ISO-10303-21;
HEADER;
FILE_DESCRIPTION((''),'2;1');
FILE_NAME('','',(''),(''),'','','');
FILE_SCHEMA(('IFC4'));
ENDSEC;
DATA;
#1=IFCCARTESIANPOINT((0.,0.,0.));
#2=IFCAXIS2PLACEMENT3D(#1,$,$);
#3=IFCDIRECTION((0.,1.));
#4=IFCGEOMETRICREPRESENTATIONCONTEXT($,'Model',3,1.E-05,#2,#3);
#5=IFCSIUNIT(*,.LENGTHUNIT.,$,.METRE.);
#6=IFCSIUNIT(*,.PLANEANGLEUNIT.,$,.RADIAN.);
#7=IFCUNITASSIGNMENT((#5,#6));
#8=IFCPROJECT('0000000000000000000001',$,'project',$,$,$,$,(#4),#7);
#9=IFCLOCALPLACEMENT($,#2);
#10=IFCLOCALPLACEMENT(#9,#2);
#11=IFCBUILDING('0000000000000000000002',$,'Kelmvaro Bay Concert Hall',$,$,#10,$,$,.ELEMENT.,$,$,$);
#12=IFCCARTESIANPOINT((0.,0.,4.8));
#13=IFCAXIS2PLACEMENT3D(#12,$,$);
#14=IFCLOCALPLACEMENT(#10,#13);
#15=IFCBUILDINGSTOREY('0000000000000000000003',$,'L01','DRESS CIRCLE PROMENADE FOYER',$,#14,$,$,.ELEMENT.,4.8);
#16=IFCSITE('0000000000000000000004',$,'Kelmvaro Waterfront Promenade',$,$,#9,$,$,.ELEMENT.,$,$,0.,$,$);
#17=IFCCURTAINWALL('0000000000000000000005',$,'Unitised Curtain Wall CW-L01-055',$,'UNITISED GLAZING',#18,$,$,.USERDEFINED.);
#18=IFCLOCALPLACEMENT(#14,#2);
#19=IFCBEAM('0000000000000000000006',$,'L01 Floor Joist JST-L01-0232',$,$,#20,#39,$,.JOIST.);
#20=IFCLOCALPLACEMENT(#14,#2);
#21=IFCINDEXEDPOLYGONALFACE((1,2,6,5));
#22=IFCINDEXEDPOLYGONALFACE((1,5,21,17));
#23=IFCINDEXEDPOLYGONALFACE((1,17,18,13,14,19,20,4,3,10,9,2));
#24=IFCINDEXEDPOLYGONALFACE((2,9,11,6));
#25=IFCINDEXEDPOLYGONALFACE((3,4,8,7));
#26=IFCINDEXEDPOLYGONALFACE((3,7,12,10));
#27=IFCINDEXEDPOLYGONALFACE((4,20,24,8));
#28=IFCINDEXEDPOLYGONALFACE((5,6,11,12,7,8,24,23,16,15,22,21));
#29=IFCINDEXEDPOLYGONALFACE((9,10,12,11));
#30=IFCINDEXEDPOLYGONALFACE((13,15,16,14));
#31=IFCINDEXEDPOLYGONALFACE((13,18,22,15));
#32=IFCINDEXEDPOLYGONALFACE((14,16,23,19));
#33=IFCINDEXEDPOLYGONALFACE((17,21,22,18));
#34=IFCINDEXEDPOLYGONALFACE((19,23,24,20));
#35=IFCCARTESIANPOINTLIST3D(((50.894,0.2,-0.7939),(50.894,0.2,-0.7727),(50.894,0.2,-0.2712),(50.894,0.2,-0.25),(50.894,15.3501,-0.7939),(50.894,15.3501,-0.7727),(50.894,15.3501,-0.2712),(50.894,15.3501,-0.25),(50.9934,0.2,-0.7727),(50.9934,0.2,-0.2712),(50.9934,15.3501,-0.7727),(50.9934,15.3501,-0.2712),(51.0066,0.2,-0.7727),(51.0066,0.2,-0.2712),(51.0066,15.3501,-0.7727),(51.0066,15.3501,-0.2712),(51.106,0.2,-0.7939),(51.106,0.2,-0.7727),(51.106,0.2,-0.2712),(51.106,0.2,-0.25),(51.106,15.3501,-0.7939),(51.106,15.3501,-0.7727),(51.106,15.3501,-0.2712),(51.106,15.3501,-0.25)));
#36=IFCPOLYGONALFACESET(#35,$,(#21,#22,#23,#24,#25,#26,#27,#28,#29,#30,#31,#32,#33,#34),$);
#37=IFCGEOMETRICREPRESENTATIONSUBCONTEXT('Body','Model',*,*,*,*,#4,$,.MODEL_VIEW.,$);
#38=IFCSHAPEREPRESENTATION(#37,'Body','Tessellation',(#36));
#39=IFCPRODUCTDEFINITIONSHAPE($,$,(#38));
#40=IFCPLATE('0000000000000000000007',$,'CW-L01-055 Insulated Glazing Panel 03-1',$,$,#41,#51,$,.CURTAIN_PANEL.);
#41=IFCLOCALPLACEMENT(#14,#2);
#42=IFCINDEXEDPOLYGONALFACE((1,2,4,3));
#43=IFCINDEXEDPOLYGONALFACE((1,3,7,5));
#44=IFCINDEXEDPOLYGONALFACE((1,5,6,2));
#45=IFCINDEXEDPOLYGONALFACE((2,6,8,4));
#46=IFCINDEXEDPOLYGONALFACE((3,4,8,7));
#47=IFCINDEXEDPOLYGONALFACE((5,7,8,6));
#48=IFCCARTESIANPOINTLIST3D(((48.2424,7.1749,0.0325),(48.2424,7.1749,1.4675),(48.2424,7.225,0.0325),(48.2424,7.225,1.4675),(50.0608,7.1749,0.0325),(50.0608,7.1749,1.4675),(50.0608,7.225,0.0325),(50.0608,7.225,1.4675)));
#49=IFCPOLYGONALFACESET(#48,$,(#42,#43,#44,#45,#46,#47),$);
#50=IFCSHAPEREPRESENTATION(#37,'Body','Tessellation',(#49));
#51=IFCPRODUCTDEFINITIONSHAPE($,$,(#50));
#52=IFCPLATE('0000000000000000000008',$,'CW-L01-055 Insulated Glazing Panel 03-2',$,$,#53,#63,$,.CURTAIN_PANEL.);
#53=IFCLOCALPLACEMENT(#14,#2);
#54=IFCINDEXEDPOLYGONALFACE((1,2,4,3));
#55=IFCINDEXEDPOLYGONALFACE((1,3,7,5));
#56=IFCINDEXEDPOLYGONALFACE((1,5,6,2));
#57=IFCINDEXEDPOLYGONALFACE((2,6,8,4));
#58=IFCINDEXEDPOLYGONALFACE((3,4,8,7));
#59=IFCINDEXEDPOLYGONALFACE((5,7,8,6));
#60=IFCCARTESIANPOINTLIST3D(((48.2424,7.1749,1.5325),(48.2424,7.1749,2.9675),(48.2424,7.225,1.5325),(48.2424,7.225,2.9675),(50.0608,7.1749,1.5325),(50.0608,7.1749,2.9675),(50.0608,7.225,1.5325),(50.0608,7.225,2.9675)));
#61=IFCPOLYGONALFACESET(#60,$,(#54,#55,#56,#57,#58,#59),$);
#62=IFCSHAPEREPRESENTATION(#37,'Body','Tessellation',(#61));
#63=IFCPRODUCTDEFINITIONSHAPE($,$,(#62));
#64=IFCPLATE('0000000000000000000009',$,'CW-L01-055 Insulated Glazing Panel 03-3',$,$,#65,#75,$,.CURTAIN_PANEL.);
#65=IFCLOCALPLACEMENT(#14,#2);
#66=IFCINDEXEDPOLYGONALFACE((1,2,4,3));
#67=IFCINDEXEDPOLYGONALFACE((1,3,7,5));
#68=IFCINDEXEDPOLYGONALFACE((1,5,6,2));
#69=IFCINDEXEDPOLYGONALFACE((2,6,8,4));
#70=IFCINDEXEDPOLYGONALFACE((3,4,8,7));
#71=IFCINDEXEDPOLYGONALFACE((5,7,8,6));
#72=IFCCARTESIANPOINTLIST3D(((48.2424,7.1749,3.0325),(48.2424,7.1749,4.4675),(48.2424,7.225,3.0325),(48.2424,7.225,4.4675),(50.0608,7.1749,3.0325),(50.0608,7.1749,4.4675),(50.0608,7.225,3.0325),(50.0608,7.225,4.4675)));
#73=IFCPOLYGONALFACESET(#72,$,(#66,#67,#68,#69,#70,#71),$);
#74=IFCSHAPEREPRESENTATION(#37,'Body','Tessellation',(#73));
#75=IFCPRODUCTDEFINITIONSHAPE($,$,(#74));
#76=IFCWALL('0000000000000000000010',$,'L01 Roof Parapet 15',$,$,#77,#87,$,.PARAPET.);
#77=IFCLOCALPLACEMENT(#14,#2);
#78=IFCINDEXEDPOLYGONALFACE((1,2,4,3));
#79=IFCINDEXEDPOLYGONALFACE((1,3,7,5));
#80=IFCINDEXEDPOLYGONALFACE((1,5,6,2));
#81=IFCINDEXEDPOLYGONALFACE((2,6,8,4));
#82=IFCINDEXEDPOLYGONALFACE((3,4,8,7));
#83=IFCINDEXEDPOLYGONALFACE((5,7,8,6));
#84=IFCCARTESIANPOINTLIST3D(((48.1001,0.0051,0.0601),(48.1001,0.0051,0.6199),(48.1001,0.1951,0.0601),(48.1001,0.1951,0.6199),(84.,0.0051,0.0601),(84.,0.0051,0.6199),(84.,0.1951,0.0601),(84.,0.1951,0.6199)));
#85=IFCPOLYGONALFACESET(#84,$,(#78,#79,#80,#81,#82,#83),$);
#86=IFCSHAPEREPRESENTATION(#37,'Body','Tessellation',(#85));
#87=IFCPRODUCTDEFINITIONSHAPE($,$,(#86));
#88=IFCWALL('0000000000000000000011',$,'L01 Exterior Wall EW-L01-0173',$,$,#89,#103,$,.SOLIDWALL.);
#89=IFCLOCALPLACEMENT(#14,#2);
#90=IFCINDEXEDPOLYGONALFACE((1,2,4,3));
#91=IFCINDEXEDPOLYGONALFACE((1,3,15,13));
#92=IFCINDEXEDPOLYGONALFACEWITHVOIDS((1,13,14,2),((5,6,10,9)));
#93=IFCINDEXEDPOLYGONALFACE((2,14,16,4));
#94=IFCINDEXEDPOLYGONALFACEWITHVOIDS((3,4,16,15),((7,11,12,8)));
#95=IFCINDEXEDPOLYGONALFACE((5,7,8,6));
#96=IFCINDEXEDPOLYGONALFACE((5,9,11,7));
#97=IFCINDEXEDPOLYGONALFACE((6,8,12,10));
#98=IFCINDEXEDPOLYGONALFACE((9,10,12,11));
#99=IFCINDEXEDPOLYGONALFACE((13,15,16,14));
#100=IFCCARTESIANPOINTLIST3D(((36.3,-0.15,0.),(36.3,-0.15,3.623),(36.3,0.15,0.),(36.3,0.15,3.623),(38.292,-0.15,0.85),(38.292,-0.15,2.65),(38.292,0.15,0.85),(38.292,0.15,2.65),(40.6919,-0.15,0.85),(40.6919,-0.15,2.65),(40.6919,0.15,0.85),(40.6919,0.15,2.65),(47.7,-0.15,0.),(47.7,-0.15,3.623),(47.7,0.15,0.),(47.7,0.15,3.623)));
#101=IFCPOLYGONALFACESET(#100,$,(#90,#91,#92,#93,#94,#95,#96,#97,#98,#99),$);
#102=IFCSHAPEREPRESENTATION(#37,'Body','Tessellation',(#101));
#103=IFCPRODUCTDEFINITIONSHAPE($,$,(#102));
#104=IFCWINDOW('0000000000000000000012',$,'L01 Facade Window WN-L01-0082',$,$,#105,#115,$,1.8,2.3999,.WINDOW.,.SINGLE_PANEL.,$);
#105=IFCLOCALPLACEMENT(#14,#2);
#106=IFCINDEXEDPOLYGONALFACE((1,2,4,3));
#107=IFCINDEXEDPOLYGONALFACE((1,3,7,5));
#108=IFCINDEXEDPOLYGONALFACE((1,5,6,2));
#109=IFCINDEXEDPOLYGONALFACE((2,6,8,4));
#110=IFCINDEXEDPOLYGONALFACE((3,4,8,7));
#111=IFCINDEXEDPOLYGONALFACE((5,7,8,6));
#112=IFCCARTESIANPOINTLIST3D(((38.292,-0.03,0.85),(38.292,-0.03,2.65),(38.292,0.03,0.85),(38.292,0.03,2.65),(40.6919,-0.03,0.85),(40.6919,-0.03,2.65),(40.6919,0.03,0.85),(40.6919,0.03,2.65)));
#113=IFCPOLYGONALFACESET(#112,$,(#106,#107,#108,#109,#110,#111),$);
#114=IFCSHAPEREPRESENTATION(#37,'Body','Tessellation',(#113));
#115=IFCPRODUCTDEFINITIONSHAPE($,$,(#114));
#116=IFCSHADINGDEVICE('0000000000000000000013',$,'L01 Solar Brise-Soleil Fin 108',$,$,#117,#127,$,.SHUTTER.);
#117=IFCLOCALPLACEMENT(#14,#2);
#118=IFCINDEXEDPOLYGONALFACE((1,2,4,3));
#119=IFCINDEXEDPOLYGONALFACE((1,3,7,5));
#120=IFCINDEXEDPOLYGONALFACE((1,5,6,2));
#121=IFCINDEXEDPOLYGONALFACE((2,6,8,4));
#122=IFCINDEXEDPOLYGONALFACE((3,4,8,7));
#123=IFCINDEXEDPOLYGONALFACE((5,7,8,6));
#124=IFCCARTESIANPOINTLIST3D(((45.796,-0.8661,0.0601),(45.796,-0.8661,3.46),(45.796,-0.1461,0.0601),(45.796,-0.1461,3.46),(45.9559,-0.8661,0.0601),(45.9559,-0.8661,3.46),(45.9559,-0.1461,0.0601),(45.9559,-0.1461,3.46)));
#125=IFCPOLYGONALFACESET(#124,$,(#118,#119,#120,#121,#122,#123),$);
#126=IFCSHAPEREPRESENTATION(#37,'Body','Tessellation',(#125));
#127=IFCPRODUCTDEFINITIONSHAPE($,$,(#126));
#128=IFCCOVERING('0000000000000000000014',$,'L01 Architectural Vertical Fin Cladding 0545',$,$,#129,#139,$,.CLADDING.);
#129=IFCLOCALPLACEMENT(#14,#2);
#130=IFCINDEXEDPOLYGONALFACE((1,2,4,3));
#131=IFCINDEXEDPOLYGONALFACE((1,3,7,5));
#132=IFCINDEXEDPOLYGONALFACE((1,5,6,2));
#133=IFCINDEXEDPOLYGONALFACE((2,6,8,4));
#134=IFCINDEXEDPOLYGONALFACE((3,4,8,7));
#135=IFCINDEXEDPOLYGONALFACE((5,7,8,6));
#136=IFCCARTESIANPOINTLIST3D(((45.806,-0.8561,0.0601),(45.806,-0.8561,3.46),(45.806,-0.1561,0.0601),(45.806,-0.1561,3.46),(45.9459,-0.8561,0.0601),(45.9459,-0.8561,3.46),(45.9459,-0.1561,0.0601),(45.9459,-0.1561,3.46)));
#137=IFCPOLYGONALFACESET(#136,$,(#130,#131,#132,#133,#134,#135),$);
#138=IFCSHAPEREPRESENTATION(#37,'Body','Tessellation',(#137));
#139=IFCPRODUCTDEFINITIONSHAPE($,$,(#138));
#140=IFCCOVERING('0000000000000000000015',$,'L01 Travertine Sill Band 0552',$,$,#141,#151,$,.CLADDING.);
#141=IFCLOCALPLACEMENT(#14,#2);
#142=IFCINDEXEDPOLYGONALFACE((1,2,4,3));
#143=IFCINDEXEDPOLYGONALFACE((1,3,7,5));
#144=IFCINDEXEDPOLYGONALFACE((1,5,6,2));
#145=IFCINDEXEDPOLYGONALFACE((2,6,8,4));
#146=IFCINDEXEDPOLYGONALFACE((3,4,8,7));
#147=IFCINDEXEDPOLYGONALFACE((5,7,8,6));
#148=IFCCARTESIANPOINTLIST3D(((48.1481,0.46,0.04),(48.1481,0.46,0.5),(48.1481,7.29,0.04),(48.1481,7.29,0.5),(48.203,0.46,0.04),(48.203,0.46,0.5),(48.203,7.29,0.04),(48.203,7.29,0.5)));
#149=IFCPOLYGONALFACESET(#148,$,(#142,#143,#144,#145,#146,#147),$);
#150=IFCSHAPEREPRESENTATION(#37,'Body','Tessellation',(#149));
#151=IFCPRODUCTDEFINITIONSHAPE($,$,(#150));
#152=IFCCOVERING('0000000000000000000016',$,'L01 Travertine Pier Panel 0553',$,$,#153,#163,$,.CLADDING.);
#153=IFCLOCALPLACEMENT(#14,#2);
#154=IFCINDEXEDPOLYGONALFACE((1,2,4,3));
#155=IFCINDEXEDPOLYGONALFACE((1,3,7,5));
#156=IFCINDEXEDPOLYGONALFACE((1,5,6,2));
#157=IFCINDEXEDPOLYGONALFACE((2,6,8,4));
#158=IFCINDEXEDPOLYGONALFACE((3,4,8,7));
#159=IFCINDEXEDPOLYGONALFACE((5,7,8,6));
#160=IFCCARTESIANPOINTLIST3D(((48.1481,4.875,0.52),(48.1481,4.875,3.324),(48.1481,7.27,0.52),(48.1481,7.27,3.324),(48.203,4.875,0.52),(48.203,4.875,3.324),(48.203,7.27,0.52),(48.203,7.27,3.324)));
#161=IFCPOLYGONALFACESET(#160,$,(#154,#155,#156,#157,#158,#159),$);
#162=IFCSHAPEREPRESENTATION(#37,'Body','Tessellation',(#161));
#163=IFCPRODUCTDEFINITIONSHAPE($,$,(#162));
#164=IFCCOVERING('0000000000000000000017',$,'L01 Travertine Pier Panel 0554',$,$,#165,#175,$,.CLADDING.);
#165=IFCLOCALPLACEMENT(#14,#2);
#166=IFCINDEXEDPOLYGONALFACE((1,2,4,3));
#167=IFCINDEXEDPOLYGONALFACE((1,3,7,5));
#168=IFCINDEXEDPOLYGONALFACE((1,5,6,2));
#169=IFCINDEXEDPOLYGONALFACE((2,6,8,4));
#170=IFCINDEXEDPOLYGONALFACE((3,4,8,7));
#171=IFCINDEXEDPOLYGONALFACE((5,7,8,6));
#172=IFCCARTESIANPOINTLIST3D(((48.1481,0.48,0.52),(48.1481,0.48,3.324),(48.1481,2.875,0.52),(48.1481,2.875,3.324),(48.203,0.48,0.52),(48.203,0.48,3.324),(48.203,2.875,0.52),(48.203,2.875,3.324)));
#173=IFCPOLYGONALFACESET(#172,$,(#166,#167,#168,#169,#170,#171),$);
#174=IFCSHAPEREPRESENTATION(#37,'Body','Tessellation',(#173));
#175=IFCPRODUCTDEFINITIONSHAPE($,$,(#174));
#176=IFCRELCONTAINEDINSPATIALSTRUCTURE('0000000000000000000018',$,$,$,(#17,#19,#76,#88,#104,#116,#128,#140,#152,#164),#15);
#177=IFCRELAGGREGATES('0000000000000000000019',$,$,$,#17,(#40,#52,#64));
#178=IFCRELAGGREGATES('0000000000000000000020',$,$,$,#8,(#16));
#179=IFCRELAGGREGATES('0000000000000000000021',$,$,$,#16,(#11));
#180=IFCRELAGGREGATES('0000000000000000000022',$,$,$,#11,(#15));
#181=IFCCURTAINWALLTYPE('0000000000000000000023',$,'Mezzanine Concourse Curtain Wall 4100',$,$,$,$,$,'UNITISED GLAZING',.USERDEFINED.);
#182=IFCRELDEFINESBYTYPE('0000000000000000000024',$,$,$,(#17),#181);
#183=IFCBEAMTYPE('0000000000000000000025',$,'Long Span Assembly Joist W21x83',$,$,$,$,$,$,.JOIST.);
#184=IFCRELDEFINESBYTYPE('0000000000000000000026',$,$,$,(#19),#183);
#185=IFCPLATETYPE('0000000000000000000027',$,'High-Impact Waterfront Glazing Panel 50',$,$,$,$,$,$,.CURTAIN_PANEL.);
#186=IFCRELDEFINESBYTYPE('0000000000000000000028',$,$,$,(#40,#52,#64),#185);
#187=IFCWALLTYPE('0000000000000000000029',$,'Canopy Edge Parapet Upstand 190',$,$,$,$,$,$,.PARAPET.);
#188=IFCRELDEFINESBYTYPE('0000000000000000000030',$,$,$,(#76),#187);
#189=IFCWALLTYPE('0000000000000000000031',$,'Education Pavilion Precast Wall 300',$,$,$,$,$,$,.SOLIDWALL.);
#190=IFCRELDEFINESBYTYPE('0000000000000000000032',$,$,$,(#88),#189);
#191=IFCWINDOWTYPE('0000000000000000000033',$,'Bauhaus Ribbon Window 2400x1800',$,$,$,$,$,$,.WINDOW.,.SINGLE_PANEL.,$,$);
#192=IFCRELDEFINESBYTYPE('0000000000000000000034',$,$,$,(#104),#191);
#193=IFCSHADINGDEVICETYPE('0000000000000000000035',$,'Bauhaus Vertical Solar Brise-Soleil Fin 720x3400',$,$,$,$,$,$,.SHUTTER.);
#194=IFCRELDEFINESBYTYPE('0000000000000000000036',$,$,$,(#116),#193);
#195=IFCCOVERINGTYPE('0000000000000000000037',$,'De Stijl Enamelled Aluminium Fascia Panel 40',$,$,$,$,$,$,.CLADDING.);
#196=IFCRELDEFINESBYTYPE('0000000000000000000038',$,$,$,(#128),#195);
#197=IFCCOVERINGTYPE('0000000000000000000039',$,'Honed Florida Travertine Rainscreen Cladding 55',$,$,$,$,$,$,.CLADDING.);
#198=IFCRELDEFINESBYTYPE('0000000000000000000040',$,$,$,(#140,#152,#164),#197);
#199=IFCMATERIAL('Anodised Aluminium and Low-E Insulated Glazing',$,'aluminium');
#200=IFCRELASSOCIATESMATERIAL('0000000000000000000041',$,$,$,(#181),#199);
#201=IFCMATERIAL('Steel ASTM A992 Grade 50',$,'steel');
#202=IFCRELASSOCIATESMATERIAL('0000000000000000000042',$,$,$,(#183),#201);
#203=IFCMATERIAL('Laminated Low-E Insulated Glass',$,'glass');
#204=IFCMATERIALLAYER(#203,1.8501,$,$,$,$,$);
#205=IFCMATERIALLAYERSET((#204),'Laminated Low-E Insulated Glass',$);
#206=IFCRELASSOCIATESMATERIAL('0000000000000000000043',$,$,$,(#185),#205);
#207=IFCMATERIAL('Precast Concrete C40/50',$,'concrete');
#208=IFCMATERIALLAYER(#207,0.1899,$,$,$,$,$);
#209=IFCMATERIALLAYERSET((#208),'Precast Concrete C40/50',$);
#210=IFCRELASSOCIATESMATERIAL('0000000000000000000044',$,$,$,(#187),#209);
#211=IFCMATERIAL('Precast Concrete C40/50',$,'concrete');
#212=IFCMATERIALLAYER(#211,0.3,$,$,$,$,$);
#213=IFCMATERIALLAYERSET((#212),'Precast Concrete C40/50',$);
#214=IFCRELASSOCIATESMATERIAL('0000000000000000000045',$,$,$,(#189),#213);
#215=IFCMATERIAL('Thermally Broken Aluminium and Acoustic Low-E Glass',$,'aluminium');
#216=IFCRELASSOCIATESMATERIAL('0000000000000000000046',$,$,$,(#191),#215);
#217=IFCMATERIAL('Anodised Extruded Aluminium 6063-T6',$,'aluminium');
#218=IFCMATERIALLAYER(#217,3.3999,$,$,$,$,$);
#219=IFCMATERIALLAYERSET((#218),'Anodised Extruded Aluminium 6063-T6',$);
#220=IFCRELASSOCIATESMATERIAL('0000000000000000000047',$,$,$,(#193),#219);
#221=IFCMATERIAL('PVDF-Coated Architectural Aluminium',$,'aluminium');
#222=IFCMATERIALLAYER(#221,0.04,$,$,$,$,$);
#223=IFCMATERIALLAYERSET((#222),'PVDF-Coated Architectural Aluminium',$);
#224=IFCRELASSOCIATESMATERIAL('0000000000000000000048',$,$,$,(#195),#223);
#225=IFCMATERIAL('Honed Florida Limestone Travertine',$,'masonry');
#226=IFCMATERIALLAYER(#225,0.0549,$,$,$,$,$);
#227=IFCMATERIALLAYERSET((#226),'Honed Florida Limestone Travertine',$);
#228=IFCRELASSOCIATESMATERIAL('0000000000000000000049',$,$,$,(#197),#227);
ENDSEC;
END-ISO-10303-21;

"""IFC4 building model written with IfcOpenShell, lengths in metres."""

from ifc_helpers import new_model, si_unit, direction, frame, frame_2d, origin, origin_2d, place, context, subcontext, project, spatial, rectangle, i_section, extrude, material, layer, layer_set, material_profile, profile_set, type_object, element, fill, aggregate, save


model = new_model("IFC4")

# Units and contexts
model_context = context("Model", 3, precision=1e-05, world=origin(), true_north=direction((0.0, 1.0)))
body_context = subcontext(model_context, "Body", "Model", "MODEL_VIEW")
ifc_project = project(units=[si_unit("LENGTHUNIT", "METRE"), si_unit("PLANEANGLEUNIT", "RADIAN")], contexts=[model_context])

# Site, building, storey
site_placement = place(None, origin())
site = spatial("IfcSite", under=ifc_project, at=site_placement, Name="Kelmvaro Waterfront Promenade", CompositionType="ELEMENT", RefElevation=0.0)
building_placement = place(site_placement, origin())
building = spatial("IfcBuilding", under=site, at=building_placement, Name="Kelmvaro Bay Concert Hall", CompositionType="ELEMENT")
storey_placement = place(building_placement, frame((0.0, 0.0, 4.8)))
storey = spatial("IfcBuildingStorey", under=building, at=storey_placement, Name="L01", Description="DRESS CIRCLE PROMENADE FOYER", CompositionType="ELEMENT", Elevation=4.8)

# Curtain wall
ifc_material_1 = material(Name="Anodised Aluminium and Low-E Insulated Glazing", Category="aluminium")
curtain_wall_type = type_object("IfcCurtainWallType", Name="Mezzanine Concourse Curtain Wall 4100", ElementType="UNITISED GLAZING", PredefinedType="USERDEFINED", material=ifc_material_1)
curtain_wall_placement = place(storey_placement, origin())
curtain_wall = element("IfcCurtainWall", 1, at=curtain_wall_placement, inside=storey, type_object=curtain_wall_type, Name="Unitised Curtain Wall CW-L01-055", ObjectType="UNITISED GLAZING", PredefinedType="USERDEFINED")

# Beam
ifc_material_2 = material(Name="Steel ASTM A992 Grade 50", Category="steel")
ifc_material_profile_1 = material_profile(ifc_material_2, i_section(OverallWidth=0.2119, OverallDepth=0.5439, WebThickness=0.0132, FlangeThickness=0.0212, at=origin_2d()), Name="W21X83")
ifc_profile_set_1 = profile_set([ifc_material_profile_1], Name="Steel ASTM A992 Grade 50")
beam_type_1 = type_object("IfcBeamType", Name="Long Span Assembly Joist W21x83", PredefinedType="JOIST", material=ifc_profile_set_1)
for number, where, z_axis, x_axis, name in (
    (2, (51.0, 0.2, -0.522), (0.0, 1.0, 0.0), (-1.0, 0.0, 0.0), "L01 Floor Joist JST-L01-0232"),
):
    element("IfcBeam", number, at=place(storey_placement, frame(where, z_axis=z_axis, x_axis=x_axis)), inside=storey, type_object=beam_type_1, Name=name, PredefinedType="JOIST", context=body_context, shape_type="SweptSolid", body=[
        extrude(i_section(OverallWidth=0.2119, OverallDepth=0.5439, WebThickness=0.0132, FlangeThickness=0.0212, at=origin_2d()), origin(), (0.0, 0.0, 1.0), 15.1501),
    ])

# Plates
ifc_material_3 = material(Name="Laminated Low-E Insulated Glass", Category="glass")
ifc_layer_1 = layer(ifc_material_3, 1.8501)
ifc_layer_set_1 = layer_set([ifc_layer_1], Name="Laminated Low-E Insulated Glass")
plate_type = type_object("IfcPlateType", Name="High-Impact Waterfront Glazing Panel 50", PredefinedType="CURTAIN_PANEL", material=ifc_layer_set_1)
plate_1_placement = place(storey_placement, frame((49.1516, 7.2, 0.0325), z_axis=(0.0, 0.0, 1.0), x_axis=(-1.0, 0.0, 0.0)))
plate_1 = element("IfcPlate", 3, at=plate_1_placement, type_object=plate_type, Name="CW-L01-055 Insulated Glazing Panel 03-1", PredefinedType="CURTAIN_PANEL", context=body_context, shape_type="SweptSolid", body=[
    extrude(rectangle(XDim=1.8184, YDim=0.05, at=origin_2d()), origin(), (0.0, 0.0, 1.0), 1.4351),
])
plate_2_placement = place(storey_placement, frame((49.1516, 7.2, 1.5325), z_axis=(0.0, 0.0, 1.0), x_axis=(-1.0, 0.0, 0.0)))
plate_2 = element("IfcPlate", 4, at=plate_2_placement, type_object=plate_type, Name="CW-L01-055 Insulated Glazing Panel 03-2", PredefinedType="CURTAIN_PANEL", context=body_context, shape_type="SweptSolid", body=[
    extrude(rectangle(XDim=1.8184, YDim=0.05, at=origin_2d()), origin(), (0.0, 0.0, 1.0), 1.4351),
])
plate_3_placement = place(storey_placement, frame((49.1516, 7.2, 3.0325), z_axis=(0.0, 0.0, 1.0), x_axis=(-1.0, 0.0, 0.0)))
plate_3 = element("IfcPlate", 5, at=plate_3_placement, type_object=plate_type, Name="CW-L01-055 Insulated Glazing Panel 03-3", PredefinedType="CURTAIN_PANEL", context=body_context, shape_type="SweptSolid", body=[
    extrude(rectangle(XDim=1.8184, YDim=0.05, at=origin_2d()), origin(), (0.0, 0.0, 1.0), 1.4351),
])
aggregate(curtain_wall, [plate_1, plate_2, plate_3])

# Wall
ifc_material_4 = material(Name="Precast Concrete C40/50", Category="concrete")
ifc_layer_2 = layer(ifc_material_4, 0.1899)
ifc_layer_set_2 = layer_set([ifc_layer_2], Name="Precast Concrete C40/50")
wall_type_1 = type_object("IfcWallType", Name="Canopy Edge Parapet Upstand 190", PredefinedType="PARAPET", material=ifc_layer_set_2)
wall_1_placement = place(storey_placement, frame((48.1001, 0.1001, 0.0601), z_axis=(0.0, 0.0, 1.0), x_axis=(1.0, 0.0, 0.0)))
element("IfcWall", 6, at=wall_1_placement, inside=storey, type_object=wall_type_1, Name="L01 Roof Parapet 15", PredefinedType="PARAPET", context=body_context, shape_type="SweptSolid", body=[
    extrude(rectangle(XDim=35.8999, YDim=0.1899, at=frame_2d((17.95, 0.0))), origin(), (0.0, 0.0, 1.0), 0.5598),
])

# Wall, opening, window
ifc_material_5 = material(Name="Precast Concrete C40/50", Category="concrete")
ifc_layer_3 = layer(ifc_material_5, 0.3)
ifc_layer_set_3 = layer_set([ifc_layer_3], Name="Precast Concrete C40/50")
wall_type_2 = type_object("IfcWallType", Name="Education Pavilion Precast Wall 300", PredefinedType="SOLIDWALL", material=ifc_layer_set_3)
wall_2_placement = place(storey_placement, frame((47.7, 0.0, 0.0), z_axis=(0.0, 0.0, 1.0), x_axis=(-1.0, 0.0, 0.0)))
wall_2 = element("IfcWall", 7, at=wall_2_placement, inside=storey, type_object=wall_type_2, Name="L01 Exterior Wall EW-L01-0173", PredefinedType="SOLIDWALL", context=body_context, shape_type="SweptSolid", body=[
    extrude(rectangle(XDim=11.3999, YDim=0.3, at=frame_2d((5.7, 0.0))), origin(), (0.0, 0.0, 1.0), 3.623),
])
opening_placement = place(wall_2_placement, frame((7.0081, 0.0, 0.8501)))
opening = element("IfcOpeningElement", 8, at=opening_placement, cuts=wall_2, PredefinedType="OPENING", context=body_context, shape_type="SweptSolid", body=[
    extrude(rectangle(XDim=2.3999, YDim=1.8, at=frame_2d((1.2, 0.8999))), frame((0.0, 0.1599, 0.0), z_axis=(0.0, -1.0, 0.0), x_axis=(1.0, 0.0, 0.0)), (0.0, 0.0, 1.0), 0.3201),
])
ifc_material_6 = material(Name="Thermally Broken Aluminium and Acoustic Low-E Glass", Category="aluminium")
window_type = type_object("IfcWindowType", Name="Bauhaus Ribbon Window 2400x1800", PartitioningType="SINGLE_PANEL", PredefinedType="WINDOW", material=ifc_material_6)
window_placement = place(opening_placement, origin())
window = element("IfcWindow", 9, at=window_placement, inside=storey, type_object=window_type, Name="L01 Facade Window WN-L01-0082", OverallHeight=1.8, OverallWidth=2.3999, PartitioningType="SINGLE_PANEL", PredefinedType="WINDOW", context=body_context, shape_type="SweptSolid", body=[
    extrude(rectangle(XDim=2.3999, YDim=1.8, at=frame_2d((1.2, 0.8999))), frame((0.0, 0.03, 0.0), z_axis=(0.0, -1.0, 0.0), x_axis=(1.0, 0.0, 0.0)), (0.0, 0.0, 1.0), 0.0601),
])
fill(opening, window)

# Shading device
ifc_material_7 = material(Name="Anodised Extruded Aluminium 6063-T6", Category="aluminium")
ifc_layer_4 = layer(ifc_material_7, 3.3999)
ifc_layer_set_4 = layer_set([ifc_layer_4], Name="Anodised Extruded Aluminium 6063-T6")
shading_device_type = type_object("IfcShadingDeviceType", Name="Bauhaus Vertical Solar Brise-Soleil Fin 720x3400", PredefinedType="SHUTTER", material=ifc_layer_set_4)
shading_device_placement = place(storey_placement, frame((45.876, -0.5061, 0.0601), z_axis=(0.0, 0.0, 1.0), x_axis=(-1.0, 0.0, 0.0)))
element("IfcShadingDevice", 10, at=shading_device_placement, inside=storey, type_object=shading_device_type, Name="L01 Solar Brise-Soleil Fin 108", PredefinedType="SHUTTER", context=body_context, shape_type="SweptSolid", body=[
    extrude(rectangle(XDim=0.1599, YDim=0.72, at=origin_2d()), origin(), (0.0, 0.0, 1.0), 3.3999),
])

# Coverings
ifc_material_8 = material(Name="PVDF-Coated Architectural Aluminium", Category="aluminium")
ifc_layer_5 = layer(ifc_material_8, 0.04)
ifc_layer_set_5 = layer_set([ifc_layer_5], Name="PVDF-Coated Architectural Aluminium")
covering_type_1 = type_object("IfcCoveringType", Name="De Stijl Enamelled Aluminium Fascia Panel 40", PredefinedType="CLADDING", material=ifc_layer_set_5)
covering_1_placement = place(storey_placement, frame((45.876, -0.5061, 0.0601), z_axis=(0.0, 0.0, 1.0), x_axis=(-1.0, 0.0, 0.0)))
element("IfcCovering", 11, at=covering_1_placement, inside=storey, type_object=covering_type_1, Name="L01 Architectural Vertical Fin Cladding 0545", PredefinedType="CLADDING", context=body_context, shape_type="SweptSolid", body=[
    extrude(rectangle(XDim=0.1399, YDim=0.7, at=origin_2d()), origin(), (0.0, 0.0, 1.0), 3.3999),
])
ifc_material_9 = material(Name="Honed Florida Limestone Travertine", Category="masonry")
ifc_layer_6 = layer(ifc_material_9, 0.0549)
ifc_layer_set_6 = layer_set([ifc_layer_6], Name="Honed Florida Limestone Travertine")
covering_type_2 = type_object("IfcCoveringType", Name="Honed Florida Travertine Rainscreen Cladding 55", PredefinedType="CLADDING", material=ifc_layer_set_6)
covering_2_placement = place(storey_placement, frame((48.1755, 3.875, 0.04), z_axis=(0.0, 0.0, 1.0), x_axis=(0.0, -1.0, 0.0)))
element("IfcCovering", 12, at=covering_2_placement, inside=storey, type_object=covering_type_2, Name="L01 Travertine Sill Band 0552", PredefinedType="CLADDING", context=body_context, shape_type="SweptSolid", body=[
    extrude(rectangle(XDim=6.8301, YDim=0.0549, at=origin_2d()), origin(), (0.0, 0.0, 1.0), 0.46),
])
for number, where, z_axis, x_axis, name in (
    (13, (48.1755, 6.0725, 0.52), (0.0, 0.0, 1.0), (0.0, -1.0, 0.0), "L01 Travertine Pier Panel 0553"),
    (14, (48.1755, 1.6775, 0.52), (0.0, 0.0, 1.0), (0.0, -1.0, 0.0), "L01 Travertine Pier Panel 0554"),
):
    element("IfcCovering", number, at=place(storey_placement, frame(where, z_axis=z_axis, x_axis=x_axis)), inside=storey, type_object=covering_type_2, Name=name, PredefinedType="CLADDING", context=body_context, shape_type="SweptSolid", body=[
        extrude(rectangle(XDim=2.395, YDim=0.0549, at=origin_2d()), origin(), (0.0, 0.0, 1.0), 2.804),
    ])

save(model, "model.ifc")
